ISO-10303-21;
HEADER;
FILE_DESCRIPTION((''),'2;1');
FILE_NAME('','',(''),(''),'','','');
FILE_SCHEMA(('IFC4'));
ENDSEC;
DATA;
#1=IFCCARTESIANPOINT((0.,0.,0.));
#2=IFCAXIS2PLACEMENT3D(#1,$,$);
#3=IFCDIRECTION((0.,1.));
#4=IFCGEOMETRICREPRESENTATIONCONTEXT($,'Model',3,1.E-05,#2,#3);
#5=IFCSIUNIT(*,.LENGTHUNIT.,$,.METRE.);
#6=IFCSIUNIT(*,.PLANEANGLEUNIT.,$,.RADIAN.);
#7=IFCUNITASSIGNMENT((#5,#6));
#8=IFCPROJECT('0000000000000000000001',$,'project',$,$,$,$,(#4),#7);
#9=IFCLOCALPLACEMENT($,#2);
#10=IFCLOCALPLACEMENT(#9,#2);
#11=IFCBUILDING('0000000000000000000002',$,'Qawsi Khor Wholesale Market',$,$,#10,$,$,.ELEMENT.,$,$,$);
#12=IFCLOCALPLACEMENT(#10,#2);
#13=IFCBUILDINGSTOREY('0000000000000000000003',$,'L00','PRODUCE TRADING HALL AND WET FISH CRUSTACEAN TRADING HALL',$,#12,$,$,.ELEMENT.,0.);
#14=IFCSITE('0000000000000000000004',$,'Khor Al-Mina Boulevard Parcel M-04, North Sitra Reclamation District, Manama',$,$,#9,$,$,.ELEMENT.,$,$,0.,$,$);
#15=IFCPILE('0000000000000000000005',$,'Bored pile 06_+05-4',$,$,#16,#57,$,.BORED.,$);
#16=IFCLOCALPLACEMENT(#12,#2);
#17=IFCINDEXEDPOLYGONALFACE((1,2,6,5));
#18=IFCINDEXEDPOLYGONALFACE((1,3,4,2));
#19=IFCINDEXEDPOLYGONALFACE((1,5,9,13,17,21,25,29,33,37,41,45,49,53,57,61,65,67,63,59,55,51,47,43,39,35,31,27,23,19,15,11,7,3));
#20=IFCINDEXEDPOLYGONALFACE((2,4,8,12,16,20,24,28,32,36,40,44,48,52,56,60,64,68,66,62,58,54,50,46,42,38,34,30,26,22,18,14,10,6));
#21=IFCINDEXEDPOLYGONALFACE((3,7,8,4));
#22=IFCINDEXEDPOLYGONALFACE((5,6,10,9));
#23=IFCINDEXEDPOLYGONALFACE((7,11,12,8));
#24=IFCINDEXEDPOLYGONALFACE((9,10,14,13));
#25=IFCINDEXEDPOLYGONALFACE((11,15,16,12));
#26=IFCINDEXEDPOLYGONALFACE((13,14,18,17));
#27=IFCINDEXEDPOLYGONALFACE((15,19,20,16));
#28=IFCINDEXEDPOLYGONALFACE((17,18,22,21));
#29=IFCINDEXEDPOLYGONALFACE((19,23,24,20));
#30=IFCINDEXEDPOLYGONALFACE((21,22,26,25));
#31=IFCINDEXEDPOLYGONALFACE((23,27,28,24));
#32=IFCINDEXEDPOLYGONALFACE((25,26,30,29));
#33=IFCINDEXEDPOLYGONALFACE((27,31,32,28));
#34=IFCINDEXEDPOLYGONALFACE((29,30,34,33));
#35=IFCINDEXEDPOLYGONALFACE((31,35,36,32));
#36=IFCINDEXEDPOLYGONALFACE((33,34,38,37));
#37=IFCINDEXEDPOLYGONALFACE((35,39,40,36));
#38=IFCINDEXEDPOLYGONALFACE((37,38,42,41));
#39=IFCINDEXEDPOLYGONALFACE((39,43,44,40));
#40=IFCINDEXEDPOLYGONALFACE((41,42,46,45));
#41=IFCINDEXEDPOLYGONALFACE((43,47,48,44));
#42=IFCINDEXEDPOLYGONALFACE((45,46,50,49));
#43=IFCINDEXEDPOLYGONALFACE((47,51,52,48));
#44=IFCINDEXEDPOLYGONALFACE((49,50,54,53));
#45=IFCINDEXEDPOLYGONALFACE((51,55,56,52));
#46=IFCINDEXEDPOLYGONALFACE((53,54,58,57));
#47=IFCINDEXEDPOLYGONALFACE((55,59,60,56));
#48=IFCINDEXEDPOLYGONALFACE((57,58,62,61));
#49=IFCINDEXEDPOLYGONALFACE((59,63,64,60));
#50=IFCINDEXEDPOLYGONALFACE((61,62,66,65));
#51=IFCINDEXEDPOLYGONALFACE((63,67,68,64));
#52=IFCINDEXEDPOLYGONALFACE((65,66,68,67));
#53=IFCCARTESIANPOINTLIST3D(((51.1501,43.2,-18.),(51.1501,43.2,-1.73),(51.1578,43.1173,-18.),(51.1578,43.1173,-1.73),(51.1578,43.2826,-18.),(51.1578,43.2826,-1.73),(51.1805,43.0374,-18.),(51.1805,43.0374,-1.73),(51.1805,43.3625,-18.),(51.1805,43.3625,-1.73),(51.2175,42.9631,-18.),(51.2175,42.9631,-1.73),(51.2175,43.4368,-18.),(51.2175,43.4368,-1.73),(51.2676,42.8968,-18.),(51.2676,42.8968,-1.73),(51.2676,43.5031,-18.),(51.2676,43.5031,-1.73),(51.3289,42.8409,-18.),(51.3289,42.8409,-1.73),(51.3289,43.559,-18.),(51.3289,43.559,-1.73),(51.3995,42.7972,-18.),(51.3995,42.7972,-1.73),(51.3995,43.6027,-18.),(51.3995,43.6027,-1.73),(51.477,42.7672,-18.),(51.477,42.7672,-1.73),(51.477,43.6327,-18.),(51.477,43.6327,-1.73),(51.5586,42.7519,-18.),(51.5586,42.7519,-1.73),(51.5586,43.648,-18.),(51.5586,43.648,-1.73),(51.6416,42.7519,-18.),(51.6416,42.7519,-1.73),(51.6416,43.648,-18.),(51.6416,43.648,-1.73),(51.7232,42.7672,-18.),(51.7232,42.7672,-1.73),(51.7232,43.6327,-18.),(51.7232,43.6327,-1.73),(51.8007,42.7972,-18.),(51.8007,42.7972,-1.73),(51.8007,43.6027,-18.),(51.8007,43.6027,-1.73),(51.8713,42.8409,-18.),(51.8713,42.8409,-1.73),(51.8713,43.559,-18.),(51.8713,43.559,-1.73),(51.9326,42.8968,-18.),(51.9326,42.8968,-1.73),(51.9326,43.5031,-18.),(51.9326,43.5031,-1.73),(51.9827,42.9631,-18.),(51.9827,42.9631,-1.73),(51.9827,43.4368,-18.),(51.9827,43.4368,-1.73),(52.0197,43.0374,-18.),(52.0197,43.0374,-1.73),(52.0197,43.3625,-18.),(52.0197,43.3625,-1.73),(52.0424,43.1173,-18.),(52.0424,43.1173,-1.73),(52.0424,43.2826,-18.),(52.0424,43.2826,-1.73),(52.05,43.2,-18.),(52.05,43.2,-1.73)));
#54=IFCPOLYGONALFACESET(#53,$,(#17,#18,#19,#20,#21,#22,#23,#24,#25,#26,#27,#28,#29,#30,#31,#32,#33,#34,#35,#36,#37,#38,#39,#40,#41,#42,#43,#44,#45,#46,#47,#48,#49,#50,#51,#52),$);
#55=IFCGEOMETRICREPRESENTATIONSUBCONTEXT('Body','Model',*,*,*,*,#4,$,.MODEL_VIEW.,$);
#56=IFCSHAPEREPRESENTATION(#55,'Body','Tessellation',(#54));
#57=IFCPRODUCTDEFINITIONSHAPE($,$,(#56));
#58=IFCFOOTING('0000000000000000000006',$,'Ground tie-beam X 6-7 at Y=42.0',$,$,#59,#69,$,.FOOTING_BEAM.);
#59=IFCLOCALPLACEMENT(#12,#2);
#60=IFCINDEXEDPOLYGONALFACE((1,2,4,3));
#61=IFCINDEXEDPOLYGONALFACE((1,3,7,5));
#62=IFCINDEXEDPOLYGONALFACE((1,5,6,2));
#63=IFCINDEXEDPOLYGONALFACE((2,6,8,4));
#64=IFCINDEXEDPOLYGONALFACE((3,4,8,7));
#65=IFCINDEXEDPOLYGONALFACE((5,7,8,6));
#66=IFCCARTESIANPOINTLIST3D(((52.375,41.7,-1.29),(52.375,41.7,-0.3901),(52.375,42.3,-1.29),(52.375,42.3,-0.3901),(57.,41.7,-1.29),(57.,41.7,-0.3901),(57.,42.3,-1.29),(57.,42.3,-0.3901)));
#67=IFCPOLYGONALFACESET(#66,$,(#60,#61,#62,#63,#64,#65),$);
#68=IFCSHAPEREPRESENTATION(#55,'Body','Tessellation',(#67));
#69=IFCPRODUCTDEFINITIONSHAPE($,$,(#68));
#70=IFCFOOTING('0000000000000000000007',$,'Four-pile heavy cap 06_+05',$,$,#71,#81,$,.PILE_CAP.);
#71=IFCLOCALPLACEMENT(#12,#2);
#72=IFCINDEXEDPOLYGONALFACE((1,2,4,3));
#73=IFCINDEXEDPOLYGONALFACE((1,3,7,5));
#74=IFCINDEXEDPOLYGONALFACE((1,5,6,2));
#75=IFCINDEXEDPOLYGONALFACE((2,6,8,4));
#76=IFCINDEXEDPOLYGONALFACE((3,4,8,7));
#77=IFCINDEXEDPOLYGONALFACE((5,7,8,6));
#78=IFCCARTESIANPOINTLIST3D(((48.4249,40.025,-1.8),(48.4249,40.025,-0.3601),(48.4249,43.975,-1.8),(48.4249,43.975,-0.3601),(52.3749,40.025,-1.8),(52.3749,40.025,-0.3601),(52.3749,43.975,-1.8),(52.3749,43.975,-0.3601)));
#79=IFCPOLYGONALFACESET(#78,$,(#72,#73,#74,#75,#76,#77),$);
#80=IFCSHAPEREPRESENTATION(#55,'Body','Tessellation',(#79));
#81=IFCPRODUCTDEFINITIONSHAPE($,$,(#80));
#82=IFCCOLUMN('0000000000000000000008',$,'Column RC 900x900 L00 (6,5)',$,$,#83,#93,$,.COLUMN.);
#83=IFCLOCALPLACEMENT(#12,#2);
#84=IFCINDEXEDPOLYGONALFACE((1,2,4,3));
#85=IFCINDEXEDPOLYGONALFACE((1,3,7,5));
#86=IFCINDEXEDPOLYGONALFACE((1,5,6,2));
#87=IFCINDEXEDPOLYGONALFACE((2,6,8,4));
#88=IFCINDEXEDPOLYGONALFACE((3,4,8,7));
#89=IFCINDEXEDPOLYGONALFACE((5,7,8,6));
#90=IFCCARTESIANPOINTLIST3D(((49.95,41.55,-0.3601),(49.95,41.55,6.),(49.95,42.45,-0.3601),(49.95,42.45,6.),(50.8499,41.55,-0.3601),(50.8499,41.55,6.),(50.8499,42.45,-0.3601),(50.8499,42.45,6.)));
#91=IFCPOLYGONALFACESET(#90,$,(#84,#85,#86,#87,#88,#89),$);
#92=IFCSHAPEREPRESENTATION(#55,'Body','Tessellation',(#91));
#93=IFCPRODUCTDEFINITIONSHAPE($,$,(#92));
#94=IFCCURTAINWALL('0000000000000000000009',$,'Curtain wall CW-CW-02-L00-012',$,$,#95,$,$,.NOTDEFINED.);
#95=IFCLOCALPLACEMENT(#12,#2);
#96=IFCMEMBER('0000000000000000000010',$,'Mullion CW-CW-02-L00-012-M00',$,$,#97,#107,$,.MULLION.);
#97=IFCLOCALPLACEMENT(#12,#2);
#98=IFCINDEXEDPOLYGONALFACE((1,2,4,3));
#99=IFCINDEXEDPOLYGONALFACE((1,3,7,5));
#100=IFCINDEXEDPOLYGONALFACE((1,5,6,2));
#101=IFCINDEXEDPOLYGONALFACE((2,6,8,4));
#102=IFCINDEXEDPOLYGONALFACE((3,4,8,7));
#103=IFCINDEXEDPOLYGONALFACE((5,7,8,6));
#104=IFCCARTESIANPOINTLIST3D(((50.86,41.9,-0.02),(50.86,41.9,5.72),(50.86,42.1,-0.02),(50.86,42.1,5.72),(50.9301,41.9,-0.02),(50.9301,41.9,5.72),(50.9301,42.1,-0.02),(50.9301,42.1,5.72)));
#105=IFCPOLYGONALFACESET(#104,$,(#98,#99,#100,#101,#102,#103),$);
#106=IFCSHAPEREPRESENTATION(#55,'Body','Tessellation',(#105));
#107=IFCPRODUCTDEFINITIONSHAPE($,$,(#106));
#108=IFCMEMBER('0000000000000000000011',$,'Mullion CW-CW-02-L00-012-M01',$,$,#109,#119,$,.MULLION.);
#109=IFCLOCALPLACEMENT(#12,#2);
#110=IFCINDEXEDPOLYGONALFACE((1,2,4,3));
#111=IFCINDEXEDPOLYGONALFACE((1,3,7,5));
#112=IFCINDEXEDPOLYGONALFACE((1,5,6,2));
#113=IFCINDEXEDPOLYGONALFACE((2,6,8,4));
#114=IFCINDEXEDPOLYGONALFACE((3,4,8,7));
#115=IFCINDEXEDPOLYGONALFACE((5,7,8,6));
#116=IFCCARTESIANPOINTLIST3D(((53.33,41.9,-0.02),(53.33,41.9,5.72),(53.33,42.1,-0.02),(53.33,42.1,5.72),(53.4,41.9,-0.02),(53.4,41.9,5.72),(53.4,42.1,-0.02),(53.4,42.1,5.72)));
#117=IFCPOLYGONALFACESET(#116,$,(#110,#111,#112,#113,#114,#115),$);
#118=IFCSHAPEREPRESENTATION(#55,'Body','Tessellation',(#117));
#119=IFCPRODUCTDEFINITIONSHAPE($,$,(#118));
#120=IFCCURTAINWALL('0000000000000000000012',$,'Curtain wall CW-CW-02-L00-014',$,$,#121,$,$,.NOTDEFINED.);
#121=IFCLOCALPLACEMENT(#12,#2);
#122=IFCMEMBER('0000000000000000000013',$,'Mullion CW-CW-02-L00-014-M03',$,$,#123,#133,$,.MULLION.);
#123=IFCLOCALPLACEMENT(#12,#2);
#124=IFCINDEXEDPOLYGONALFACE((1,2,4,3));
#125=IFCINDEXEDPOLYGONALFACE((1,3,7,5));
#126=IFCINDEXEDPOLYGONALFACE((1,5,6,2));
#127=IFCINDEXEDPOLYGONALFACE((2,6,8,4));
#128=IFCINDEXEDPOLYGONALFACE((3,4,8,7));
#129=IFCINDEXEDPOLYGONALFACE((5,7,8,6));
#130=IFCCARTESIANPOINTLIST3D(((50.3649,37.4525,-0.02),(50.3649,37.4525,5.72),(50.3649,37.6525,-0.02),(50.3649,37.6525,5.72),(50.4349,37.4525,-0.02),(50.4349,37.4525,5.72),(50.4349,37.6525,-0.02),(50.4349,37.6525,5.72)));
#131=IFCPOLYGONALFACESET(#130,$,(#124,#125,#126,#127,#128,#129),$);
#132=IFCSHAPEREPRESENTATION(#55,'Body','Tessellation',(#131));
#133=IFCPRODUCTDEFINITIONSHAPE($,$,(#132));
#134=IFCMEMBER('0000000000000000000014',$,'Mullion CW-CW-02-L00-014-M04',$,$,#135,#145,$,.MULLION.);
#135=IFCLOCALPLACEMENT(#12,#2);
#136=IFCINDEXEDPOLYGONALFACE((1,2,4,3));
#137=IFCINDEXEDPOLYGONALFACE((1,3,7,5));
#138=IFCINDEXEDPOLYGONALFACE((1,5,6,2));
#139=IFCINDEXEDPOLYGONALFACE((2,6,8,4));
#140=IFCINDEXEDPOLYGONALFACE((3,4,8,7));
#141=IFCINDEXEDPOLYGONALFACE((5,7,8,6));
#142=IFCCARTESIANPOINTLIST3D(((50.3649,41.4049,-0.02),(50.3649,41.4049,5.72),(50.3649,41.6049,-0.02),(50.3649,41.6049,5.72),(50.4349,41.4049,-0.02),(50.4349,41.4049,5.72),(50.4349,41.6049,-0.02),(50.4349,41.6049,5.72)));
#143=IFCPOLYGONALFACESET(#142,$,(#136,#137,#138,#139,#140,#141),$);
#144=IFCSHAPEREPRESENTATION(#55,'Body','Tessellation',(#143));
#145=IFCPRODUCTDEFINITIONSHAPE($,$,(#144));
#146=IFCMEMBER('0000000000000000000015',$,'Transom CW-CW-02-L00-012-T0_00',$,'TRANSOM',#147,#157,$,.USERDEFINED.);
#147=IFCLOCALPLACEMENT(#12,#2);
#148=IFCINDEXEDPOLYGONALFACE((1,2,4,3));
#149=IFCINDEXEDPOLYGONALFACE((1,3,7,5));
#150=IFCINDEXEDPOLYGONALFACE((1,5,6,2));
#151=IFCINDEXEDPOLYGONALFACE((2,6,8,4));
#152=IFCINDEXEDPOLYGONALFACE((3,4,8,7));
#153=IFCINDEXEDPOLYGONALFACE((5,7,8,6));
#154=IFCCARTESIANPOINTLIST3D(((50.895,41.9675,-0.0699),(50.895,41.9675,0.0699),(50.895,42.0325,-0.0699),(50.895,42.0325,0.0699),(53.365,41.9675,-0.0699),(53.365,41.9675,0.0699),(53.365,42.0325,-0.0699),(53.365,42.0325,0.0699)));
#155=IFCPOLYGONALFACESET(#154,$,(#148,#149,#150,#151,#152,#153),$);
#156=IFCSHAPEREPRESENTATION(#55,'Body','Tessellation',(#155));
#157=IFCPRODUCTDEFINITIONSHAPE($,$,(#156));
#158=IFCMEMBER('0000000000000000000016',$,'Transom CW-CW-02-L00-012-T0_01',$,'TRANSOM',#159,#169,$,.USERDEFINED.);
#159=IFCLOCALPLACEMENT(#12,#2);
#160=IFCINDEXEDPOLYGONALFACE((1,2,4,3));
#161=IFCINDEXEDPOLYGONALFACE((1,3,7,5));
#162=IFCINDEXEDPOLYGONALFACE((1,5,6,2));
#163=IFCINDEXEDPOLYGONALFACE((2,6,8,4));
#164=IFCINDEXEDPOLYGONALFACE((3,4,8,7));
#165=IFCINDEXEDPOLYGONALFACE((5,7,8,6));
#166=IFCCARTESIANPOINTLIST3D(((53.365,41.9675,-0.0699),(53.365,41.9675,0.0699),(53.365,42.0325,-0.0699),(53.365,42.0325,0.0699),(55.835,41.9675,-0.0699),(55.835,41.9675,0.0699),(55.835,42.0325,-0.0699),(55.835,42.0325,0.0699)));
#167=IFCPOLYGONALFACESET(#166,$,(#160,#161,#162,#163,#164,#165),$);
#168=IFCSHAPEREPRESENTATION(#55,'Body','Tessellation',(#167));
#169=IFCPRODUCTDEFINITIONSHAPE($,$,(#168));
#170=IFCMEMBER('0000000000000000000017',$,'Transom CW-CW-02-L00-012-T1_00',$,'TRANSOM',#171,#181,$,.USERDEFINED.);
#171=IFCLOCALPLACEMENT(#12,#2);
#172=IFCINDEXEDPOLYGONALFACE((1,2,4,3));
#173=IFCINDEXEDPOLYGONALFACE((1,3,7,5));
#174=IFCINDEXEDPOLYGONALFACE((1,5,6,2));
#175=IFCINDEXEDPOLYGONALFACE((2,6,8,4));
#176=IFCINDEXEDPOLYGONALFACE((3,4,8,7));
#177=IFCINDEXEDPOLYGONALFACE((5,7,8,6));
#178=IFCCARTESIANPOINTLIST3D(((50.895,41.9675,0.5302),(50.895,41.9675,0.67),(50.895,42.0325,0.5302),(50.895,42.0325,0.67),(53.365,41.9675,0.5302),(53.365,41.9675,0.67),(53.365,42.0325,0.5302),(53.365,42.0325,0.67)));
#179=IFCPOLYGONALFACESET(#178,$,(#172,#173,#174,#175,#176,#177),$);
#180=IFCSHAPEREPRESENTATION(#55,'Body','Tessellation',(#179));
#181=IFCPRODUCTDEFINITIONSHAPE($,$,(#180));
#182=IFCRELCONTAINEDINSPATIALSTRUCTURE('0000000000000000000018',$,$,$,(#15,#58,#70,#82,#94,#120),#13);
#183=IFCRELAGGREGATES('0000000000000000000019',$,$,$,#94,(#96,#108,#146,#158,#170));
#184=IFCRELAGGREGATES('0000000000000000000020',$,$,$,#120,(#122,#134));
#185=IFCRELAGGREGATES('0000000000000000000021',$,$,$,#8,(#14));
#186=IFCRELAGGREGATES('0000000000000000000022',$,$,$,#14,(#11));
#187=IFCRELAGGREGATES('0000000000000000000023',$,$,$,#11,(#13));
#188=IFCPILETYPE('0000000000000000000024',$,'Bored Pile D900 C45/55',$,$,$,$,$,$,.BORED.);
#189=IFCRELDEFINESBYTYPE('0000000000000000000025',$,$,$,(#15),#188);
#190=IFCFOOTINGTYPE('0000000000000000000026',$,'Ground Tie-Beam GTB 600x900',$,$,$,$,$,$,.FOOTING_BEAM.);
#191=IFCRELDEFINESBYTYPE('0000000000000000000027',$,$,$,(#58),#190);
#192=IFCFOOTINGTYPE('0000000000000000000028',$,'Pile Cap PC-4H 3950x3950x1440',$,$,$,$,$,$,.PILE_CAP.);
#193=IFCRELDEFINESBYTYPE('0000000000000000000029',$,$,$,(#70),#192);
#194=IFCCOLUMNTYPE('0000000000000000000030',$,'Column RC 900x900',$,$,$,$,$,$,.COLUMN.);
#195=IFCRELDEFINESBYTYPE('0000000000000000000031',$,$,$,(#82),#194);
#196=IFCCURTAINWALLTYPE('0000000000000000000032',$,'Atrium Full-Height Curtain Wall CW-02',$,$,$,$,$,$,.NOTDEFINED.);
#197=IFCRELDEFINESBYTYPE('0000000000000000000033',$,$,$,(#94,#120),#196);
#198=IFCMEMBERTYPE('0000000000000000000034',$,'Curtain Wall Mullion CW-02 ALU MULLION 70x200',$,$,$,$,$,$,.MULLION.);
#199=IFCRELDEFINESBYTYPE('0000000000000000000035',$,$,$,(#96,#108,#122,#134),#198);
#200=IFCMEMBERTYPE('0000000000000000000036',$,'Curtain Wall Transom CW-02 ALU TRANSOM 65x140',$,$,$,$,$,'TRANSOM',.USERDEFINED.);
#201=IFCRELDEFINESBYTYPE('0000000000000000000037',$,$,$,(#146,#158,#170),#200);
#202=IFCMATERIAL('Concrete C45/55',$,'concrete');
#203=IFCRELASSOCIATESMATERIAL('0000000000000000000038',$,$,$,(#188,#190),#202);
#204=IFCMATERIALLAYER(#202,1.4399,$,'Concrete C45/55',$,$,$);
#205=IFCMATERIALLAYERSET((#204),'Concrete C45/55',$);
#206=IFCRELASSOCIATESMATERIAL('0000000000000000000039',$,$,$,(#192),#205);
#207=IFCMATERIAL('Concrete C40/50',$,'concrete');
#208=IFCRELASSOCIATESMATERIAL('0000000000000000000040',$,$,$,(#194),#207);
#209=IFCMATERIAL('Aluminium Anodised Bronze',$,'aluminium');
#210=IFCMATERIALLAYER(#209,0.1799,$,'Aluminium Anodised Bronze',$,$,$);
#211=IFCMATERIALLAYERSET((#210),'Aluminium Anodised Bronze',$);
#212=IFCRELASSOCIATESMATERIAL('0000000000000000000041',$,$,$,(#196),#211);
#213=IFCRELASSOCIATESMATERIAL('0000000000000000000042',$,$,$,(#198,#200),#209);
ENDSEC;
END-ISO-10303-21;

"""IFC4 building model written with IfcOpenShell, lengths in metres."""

from ifc_helpers import new_model, si_unit, direction, frame, origin, origin_2d, place, context, subcontext, project, spatial, rectangle, circle, extrude, material, layer, layer_set, material_profile, profile_set, type_object, element, aggregate, save


model = new_model("IFC4")

# Units and contexts
model_context = context("Model", 3, precision=1e-05, world=origin(), true_north=direction((0.0, 1.0)))
body_context = subcontext(model_context, "Body", "Model", "MODEL_VIEW")
ifc_project = project(units=[si_unit("LENGTHUNIT", "METRE"), si_unit("PLANEANGLEUNIT", "RADIAN")], contexts=[model_context])

# Site, building, storey
site_placement = place(None, origin())
site = spatial("IfcSite", under=ifc_project, at=site_placement, Name="Khor Al-Mina Boulevard Parcel M-04, North Sitra Reclamation District, Manama", CompositionType="ELEMENT", RefElevation=0.0)
building_placement = place(site_placement, origin())
building = spatial("IfcBuilding", under=site, at=building_placement, Name="Qawsi Khor Wholesale Market", CompositionType="ELEMENT")
storey_placement = place(building_placement, origin())
storey = spatial("IfcBuildingStorey", under=building, at=storey_placement, Name="L00", Description="PRODUCE TRADING HALL AND WET FISH CRUSTACEAN TRADING HALL", CompositionType="ELEMENT", Elevation=0.0)

# Pile
ifc_material_1 = material(Name="Concrete C45/55", Category="concrete")
ifc_material_profile_1 = material_profile(ifc_material_1, circle(Radius=0.45, at=origin_2d()), Name="PILE D900")
ifc_profile_set_1 = profile_set([ifc_material_profile_1], Name="Concrete C45/55")
pile_type_1 = type_object("IfcPileType", Name="Bored Pile D900 C45/55", PredefinedType="BORED", material=ifc_profile_set_1)
for number, where, z_axis, x_axis, name in (
    (1, (51.6001, 43.2, -1.73), (0.0, 0.0, -1.0), (1.0, 0.0, 0.0), "Bored pile 06_+05-4"),
):
    element("IfcPile", number, at=place(storey_placement, frame(where, z_axis=z_axis, x_axis=x_axis)), inside=storey, type_object=pile_type_1, Name=name, PredefinedType="BORED", context=body_context, shape_type="SweptSolid", body=[
        extrude(circle(Radius=0.45, at=origin_2d()), origin(), (0.0, 0.0, 1.0), 16.27),
    ])

# Footings
ifc_material_profile_2 = material_profile(ifc_material_1, rectangle(XDim=0.6001, YDim=0.8999, at=origin_2d()), Name="RC 600x900")
ifc_profile_set_2 = profile_set([ifc_material_profile_2], Name="Concrete C45/55")
footing_type_1 = type_object("IfcFootingType", Name="Ground Tie-Beam GTB 600x900", PredefinedType="FOOTING_BEAM", material=ifc_profile_set_2)
footing_1_placement = place(storey_placement, frame((52.375, 42.0, -0.8401), z_axis=(1.0, 0.0, 0.0), x_axis=(0.0, 1.0, 0.0)))
element("IfcFooting", 2, at=footing_1_placement, inside=storey, type_object=footing_type_1, Name="Ground tie-beam X 6-7 at Y=42.0", PredefinedType="FOOTING_BEAM", context=body_context, shape_type="SweptSolid", body=[
    extrude(rectangle(XDim=0.6001, YDim=0.8999, at=origin_2d()), origin(), (0.0, 0.0, 1.0), 4.625),
])
ifc_layer_1 = layer(ifc_material_1, 1.4399, Name="Concrete C45/55")
ifc_layer_set_1 = layer_set([ifc_layer_1], Name="Concrete C45/55")
footing_type_2 = type_object("IfcFootingType", Name="Pile Cap PC-4H 3950x3950x1440", PredefinedType="PILE_CAP", material=ifc_layer_set_1)
footing_2_placement = place(storey_placement, frame((50.3999, 42.0, -1.8), z_axis=(0.0, 0.0, 1.0), x_axis=(1.0, 0.0, 0.0)))
element("IfcFooting", 3, at=footing_2_placement, inside=storey, type_object=footing_type_2, Name="Four-pile heavy cap 06_+05", PredefinedType="PILE_CAP", context=body_context, shape_type="SweptSolid", body=[
    extrude(rectangle(XDim=3.95, YDim=3.95, at=origin_2d()), origin(), (0.0, 0.0, 1.0), 1.4399),
])

# Column
ifc_material_2 = material(Name="Concrete C40/50", Category="concrete")
ifc_material_profile_3 = material_profile(ifc_material_2, rectangle(XDim=0.8999, YDim=0.8999, at=origin_2d()), Name="RC 900x900")
ifc_profile_set_3 = profile_set([ifc_material_profile_3], Name="Concrete C40/50")
column_type = type_object("IfcColumnType", Name="Column RC 900x900", PredefinedType="COLUMN", material=ifc_profile_set_3)
column_placement = place(storey_placement, frame((50.3999, 42.0, -0.3601), z_axis=(0.0, 0.0, 1.0), x_axis=(1.0, 0.0, 0.0)))
element("IfcColumn", 4, at=column_placement, inside=storey, type_object=column_type, Name="Column RC 900x900 L00 (6,5)", PredefinedType="COLUMN", context=body_context, shape_type="SweptSolid", body=[
    extrude(rectangle(XDim=0.8999, YDim=0.8999, at=origin_2d()), origin(), (0.0, 0.0, 1.0), 6.3601),
])

# Curtain walls, members
ifc_material_3 = material(Name="Aluminium Anodised Bronze", Category="aluminium")
ifc_layer_2 = layer(ifc_material_3, 0.1799, Name="Aluminium Anodised Bronze")
ifc_layer_set_2 = layer_set([ifc_layer_2], Name="Aluminium Anodised Bronze")
curtain_wall_type = type_object("IfcCurtainWallType", Name="Atrium Full-Height Curtain Wall CW-02", PredefinedType="NOTDEFINED", material=ifc_layer_set_2)
curtain_wall_1_placement = place(storey_placement, origin())
curtain_wall_1 = element("IfcCurtainWall", 5, at=curtain_wall_1_placement, inside=storey, type_object=curtain_wall_type, Name="Curtain wall CW-CW-02-L00-012", PredefinedType="NOTDEFINED")
ifc_material_profile_4 = material_profile(ifc_material_3, rectangle(XDim=0.0701, YDim=0.2, at=origin_2d()), Name="ALU MULLION 70x200")
ifc_profile_set_4 = profile_set([ifc_material_profile_4], Name="Aluminium Anodised Bronze")
member_type_1 = type_object("IfcMemberType", Name="Curtain Wall Mullion CW-02 ALU MULLION 70x200", PredefinedType="MULLION", material=ifc_profile_set_4)
member_1_placement = place(storey_placement, frame((50.895, 42.0, -0.02), z_axis=(0.0, 0.0, 1.0), x_axis=(1.0, 0.0, 0.0)))
member_1 = element("IfcMember", 6, at=member_1_placement, type_object=member_type_1, Name="Mullion CW-CW-02-L00-012-M00", PredefinedType="MULLION", context=body_context, shape_type="SweptSolid", body=[
    extrude(rectangle(XDim=0.0701, YDim=0.2, at=origin_2d()), origin(), (0.0, 0.0, 1.0), 5.74),
])
member_2_placement = place(storey_placement, frame((53.365, 42.0, -0.02), z_axis=(0.0, 0.0, 1.0), x_axis=(1.0, 0.0, 0.0)))
member_2 = element("IfcMember", 7, at=member_2_placement, type_object=member_type_1, Name="Mullion CW-CW-02-L00-012-M01", PredefinedType="MULLION", context=body_context, shape_type="SweptSolid", body=[
    extrude(rectangle(XDim=0.0701, YDim=0.2, at=origin_2d()), origin(), (0.0, 0.0, 1.0), 5.74),
])
curtain_wall_2_placement = place(storey_placement, origin())
curtain_wall_2 = element("IfcCurtainWall", 8, at=curtain_wall_2_placement, inside=storey, type_object=curtain_wall_type, Name="Curtain wall CW-CW-02-L00-014", PredefinedType="NOTDEFINED")
member_3_placement = place(storey_placement, frame((50.3999, 37.5525, -0.02), z_axis=(0.0, 0.0, 1.0), x_axis=(1.0, 0.0, 0.0)))
member_3 = element("IfcMember", 9, at=member_3_placement, type_object=member_type_1, Name="Mullion CW-CW-02-L00-014-M03", PredefinedType="MULLION", context=body_context, shape_type="SweptSolid", body=[
    extrude(rectangle(XDim=0.0701, YDim=0.2, at=origin_2d()), origin(), (0.0, 0.0, 1.0), 5.74),
])
member_4_placement = place(storey_placement, frame((50.3999, 41.5049, -0.02), z_axis=(0.0, 0.0, 1.0), x_axis=(1.0, 0.0, 0.0)))
member_4 = element("IfcMember", 10, at=member_4_placement, type_object=member_type_1, Name="Mullion CW-CW-02-L00-014-M04", PredefinedType="MULLION", context=body_context, shape_type="SweptSolid", body=[
    extrude(rectangle(XDim=0.0701, YDim=0.2, at=origin_2d()), origin(), (0.0, 0.0, 1.0), 5.74),
])

# Members
ifc_material_profile_5 = material_profile(ifc_material_3, rectangle(XDim=0.0649, YDim=0.1399, at=origin_2d()), Name="ALU TRANSOM 65x140")
ifc_profile_set_5 = profile_set([ifc_material_profile_5], Name="Aluminium Anodised Bronze")
member_type_2 = type_object("IfcMemberType", Name="Curtain Wall Transom CW-02 ALU TRANSOM 65x140", ElementType="TRANSOM", PredefinedType="USERDEFINED", material=ifc_profile_set_5)
member_5_placement = place(storey_placement, frame((50.895, 42.0, 0.0), z_axis=(1.0, 0.0, 0.0), x_axis=(0.0, 1.0, 0.0)))
member_5 = element("IfcMember", 11, at=member_5_placement, type_object=member_type_2, Name="Transom CW-CW-02-L00-012-T0_00", ObjectType="TRANSOM", PredefinedType="USERDEFINED", context=body_context, shape_type="SweptSolid", body=[
    extrude(rectangle(XDim=0.0649, YDim=0.1399, at=origin_2d()), origin(), (0.0, 0.0, 1.0), 2.47),
])
member_6_placement = place(storey_placement, frame((53.365, 42.0, 0.0), z_axis=(1.0, 0.0, 0.0), x_axis=(0.0, 1.0, 0.0)))
member_6 = element("IfcMember", 12, at=member_6_placement, type_object=member_type_2, Name="Transom CW-CW-02-L00-012-T0_01", ObjectType="TRANSOM", PredefinedType="USERDEFINED", context=body_context, shape_type="SweptSolid", body=[
    extrude(rectangle(XDim=0.0649, YDim=0.1399, at=origin_2d()), origin(), (0.0, 0.0, 1.0), 2.47),
])
member_7_placement = place(storey_placement, frame((50.895, 42.0, 0.6001), z_axis=(1.0, 0.0, 0.0), x_axis=(0.0, 1.0, 0.0)))
member_7 = element("IfcMember", 13, at=member_7_placement, type_object=member_type_2, Name="Transom CW-CW-02-L00-012-T1_00", ObjectType="TRANSOM", PredefinedType="USERDEFINED", context=body_context, shape_type="SweptSolid", body=[
    extrude(rectangle(XDim=0.0649, YDim=0.1399, at=origin_2d()), origin(), (0.0, 0.0, 1.0), 2.47),
])

aggregate(curtain_wall_1, [member_1, member_2, member_5, member_6, member_7])
aggregate(curtain_wall_2, [member_3, member_4])

save(model, "model.ifc")
